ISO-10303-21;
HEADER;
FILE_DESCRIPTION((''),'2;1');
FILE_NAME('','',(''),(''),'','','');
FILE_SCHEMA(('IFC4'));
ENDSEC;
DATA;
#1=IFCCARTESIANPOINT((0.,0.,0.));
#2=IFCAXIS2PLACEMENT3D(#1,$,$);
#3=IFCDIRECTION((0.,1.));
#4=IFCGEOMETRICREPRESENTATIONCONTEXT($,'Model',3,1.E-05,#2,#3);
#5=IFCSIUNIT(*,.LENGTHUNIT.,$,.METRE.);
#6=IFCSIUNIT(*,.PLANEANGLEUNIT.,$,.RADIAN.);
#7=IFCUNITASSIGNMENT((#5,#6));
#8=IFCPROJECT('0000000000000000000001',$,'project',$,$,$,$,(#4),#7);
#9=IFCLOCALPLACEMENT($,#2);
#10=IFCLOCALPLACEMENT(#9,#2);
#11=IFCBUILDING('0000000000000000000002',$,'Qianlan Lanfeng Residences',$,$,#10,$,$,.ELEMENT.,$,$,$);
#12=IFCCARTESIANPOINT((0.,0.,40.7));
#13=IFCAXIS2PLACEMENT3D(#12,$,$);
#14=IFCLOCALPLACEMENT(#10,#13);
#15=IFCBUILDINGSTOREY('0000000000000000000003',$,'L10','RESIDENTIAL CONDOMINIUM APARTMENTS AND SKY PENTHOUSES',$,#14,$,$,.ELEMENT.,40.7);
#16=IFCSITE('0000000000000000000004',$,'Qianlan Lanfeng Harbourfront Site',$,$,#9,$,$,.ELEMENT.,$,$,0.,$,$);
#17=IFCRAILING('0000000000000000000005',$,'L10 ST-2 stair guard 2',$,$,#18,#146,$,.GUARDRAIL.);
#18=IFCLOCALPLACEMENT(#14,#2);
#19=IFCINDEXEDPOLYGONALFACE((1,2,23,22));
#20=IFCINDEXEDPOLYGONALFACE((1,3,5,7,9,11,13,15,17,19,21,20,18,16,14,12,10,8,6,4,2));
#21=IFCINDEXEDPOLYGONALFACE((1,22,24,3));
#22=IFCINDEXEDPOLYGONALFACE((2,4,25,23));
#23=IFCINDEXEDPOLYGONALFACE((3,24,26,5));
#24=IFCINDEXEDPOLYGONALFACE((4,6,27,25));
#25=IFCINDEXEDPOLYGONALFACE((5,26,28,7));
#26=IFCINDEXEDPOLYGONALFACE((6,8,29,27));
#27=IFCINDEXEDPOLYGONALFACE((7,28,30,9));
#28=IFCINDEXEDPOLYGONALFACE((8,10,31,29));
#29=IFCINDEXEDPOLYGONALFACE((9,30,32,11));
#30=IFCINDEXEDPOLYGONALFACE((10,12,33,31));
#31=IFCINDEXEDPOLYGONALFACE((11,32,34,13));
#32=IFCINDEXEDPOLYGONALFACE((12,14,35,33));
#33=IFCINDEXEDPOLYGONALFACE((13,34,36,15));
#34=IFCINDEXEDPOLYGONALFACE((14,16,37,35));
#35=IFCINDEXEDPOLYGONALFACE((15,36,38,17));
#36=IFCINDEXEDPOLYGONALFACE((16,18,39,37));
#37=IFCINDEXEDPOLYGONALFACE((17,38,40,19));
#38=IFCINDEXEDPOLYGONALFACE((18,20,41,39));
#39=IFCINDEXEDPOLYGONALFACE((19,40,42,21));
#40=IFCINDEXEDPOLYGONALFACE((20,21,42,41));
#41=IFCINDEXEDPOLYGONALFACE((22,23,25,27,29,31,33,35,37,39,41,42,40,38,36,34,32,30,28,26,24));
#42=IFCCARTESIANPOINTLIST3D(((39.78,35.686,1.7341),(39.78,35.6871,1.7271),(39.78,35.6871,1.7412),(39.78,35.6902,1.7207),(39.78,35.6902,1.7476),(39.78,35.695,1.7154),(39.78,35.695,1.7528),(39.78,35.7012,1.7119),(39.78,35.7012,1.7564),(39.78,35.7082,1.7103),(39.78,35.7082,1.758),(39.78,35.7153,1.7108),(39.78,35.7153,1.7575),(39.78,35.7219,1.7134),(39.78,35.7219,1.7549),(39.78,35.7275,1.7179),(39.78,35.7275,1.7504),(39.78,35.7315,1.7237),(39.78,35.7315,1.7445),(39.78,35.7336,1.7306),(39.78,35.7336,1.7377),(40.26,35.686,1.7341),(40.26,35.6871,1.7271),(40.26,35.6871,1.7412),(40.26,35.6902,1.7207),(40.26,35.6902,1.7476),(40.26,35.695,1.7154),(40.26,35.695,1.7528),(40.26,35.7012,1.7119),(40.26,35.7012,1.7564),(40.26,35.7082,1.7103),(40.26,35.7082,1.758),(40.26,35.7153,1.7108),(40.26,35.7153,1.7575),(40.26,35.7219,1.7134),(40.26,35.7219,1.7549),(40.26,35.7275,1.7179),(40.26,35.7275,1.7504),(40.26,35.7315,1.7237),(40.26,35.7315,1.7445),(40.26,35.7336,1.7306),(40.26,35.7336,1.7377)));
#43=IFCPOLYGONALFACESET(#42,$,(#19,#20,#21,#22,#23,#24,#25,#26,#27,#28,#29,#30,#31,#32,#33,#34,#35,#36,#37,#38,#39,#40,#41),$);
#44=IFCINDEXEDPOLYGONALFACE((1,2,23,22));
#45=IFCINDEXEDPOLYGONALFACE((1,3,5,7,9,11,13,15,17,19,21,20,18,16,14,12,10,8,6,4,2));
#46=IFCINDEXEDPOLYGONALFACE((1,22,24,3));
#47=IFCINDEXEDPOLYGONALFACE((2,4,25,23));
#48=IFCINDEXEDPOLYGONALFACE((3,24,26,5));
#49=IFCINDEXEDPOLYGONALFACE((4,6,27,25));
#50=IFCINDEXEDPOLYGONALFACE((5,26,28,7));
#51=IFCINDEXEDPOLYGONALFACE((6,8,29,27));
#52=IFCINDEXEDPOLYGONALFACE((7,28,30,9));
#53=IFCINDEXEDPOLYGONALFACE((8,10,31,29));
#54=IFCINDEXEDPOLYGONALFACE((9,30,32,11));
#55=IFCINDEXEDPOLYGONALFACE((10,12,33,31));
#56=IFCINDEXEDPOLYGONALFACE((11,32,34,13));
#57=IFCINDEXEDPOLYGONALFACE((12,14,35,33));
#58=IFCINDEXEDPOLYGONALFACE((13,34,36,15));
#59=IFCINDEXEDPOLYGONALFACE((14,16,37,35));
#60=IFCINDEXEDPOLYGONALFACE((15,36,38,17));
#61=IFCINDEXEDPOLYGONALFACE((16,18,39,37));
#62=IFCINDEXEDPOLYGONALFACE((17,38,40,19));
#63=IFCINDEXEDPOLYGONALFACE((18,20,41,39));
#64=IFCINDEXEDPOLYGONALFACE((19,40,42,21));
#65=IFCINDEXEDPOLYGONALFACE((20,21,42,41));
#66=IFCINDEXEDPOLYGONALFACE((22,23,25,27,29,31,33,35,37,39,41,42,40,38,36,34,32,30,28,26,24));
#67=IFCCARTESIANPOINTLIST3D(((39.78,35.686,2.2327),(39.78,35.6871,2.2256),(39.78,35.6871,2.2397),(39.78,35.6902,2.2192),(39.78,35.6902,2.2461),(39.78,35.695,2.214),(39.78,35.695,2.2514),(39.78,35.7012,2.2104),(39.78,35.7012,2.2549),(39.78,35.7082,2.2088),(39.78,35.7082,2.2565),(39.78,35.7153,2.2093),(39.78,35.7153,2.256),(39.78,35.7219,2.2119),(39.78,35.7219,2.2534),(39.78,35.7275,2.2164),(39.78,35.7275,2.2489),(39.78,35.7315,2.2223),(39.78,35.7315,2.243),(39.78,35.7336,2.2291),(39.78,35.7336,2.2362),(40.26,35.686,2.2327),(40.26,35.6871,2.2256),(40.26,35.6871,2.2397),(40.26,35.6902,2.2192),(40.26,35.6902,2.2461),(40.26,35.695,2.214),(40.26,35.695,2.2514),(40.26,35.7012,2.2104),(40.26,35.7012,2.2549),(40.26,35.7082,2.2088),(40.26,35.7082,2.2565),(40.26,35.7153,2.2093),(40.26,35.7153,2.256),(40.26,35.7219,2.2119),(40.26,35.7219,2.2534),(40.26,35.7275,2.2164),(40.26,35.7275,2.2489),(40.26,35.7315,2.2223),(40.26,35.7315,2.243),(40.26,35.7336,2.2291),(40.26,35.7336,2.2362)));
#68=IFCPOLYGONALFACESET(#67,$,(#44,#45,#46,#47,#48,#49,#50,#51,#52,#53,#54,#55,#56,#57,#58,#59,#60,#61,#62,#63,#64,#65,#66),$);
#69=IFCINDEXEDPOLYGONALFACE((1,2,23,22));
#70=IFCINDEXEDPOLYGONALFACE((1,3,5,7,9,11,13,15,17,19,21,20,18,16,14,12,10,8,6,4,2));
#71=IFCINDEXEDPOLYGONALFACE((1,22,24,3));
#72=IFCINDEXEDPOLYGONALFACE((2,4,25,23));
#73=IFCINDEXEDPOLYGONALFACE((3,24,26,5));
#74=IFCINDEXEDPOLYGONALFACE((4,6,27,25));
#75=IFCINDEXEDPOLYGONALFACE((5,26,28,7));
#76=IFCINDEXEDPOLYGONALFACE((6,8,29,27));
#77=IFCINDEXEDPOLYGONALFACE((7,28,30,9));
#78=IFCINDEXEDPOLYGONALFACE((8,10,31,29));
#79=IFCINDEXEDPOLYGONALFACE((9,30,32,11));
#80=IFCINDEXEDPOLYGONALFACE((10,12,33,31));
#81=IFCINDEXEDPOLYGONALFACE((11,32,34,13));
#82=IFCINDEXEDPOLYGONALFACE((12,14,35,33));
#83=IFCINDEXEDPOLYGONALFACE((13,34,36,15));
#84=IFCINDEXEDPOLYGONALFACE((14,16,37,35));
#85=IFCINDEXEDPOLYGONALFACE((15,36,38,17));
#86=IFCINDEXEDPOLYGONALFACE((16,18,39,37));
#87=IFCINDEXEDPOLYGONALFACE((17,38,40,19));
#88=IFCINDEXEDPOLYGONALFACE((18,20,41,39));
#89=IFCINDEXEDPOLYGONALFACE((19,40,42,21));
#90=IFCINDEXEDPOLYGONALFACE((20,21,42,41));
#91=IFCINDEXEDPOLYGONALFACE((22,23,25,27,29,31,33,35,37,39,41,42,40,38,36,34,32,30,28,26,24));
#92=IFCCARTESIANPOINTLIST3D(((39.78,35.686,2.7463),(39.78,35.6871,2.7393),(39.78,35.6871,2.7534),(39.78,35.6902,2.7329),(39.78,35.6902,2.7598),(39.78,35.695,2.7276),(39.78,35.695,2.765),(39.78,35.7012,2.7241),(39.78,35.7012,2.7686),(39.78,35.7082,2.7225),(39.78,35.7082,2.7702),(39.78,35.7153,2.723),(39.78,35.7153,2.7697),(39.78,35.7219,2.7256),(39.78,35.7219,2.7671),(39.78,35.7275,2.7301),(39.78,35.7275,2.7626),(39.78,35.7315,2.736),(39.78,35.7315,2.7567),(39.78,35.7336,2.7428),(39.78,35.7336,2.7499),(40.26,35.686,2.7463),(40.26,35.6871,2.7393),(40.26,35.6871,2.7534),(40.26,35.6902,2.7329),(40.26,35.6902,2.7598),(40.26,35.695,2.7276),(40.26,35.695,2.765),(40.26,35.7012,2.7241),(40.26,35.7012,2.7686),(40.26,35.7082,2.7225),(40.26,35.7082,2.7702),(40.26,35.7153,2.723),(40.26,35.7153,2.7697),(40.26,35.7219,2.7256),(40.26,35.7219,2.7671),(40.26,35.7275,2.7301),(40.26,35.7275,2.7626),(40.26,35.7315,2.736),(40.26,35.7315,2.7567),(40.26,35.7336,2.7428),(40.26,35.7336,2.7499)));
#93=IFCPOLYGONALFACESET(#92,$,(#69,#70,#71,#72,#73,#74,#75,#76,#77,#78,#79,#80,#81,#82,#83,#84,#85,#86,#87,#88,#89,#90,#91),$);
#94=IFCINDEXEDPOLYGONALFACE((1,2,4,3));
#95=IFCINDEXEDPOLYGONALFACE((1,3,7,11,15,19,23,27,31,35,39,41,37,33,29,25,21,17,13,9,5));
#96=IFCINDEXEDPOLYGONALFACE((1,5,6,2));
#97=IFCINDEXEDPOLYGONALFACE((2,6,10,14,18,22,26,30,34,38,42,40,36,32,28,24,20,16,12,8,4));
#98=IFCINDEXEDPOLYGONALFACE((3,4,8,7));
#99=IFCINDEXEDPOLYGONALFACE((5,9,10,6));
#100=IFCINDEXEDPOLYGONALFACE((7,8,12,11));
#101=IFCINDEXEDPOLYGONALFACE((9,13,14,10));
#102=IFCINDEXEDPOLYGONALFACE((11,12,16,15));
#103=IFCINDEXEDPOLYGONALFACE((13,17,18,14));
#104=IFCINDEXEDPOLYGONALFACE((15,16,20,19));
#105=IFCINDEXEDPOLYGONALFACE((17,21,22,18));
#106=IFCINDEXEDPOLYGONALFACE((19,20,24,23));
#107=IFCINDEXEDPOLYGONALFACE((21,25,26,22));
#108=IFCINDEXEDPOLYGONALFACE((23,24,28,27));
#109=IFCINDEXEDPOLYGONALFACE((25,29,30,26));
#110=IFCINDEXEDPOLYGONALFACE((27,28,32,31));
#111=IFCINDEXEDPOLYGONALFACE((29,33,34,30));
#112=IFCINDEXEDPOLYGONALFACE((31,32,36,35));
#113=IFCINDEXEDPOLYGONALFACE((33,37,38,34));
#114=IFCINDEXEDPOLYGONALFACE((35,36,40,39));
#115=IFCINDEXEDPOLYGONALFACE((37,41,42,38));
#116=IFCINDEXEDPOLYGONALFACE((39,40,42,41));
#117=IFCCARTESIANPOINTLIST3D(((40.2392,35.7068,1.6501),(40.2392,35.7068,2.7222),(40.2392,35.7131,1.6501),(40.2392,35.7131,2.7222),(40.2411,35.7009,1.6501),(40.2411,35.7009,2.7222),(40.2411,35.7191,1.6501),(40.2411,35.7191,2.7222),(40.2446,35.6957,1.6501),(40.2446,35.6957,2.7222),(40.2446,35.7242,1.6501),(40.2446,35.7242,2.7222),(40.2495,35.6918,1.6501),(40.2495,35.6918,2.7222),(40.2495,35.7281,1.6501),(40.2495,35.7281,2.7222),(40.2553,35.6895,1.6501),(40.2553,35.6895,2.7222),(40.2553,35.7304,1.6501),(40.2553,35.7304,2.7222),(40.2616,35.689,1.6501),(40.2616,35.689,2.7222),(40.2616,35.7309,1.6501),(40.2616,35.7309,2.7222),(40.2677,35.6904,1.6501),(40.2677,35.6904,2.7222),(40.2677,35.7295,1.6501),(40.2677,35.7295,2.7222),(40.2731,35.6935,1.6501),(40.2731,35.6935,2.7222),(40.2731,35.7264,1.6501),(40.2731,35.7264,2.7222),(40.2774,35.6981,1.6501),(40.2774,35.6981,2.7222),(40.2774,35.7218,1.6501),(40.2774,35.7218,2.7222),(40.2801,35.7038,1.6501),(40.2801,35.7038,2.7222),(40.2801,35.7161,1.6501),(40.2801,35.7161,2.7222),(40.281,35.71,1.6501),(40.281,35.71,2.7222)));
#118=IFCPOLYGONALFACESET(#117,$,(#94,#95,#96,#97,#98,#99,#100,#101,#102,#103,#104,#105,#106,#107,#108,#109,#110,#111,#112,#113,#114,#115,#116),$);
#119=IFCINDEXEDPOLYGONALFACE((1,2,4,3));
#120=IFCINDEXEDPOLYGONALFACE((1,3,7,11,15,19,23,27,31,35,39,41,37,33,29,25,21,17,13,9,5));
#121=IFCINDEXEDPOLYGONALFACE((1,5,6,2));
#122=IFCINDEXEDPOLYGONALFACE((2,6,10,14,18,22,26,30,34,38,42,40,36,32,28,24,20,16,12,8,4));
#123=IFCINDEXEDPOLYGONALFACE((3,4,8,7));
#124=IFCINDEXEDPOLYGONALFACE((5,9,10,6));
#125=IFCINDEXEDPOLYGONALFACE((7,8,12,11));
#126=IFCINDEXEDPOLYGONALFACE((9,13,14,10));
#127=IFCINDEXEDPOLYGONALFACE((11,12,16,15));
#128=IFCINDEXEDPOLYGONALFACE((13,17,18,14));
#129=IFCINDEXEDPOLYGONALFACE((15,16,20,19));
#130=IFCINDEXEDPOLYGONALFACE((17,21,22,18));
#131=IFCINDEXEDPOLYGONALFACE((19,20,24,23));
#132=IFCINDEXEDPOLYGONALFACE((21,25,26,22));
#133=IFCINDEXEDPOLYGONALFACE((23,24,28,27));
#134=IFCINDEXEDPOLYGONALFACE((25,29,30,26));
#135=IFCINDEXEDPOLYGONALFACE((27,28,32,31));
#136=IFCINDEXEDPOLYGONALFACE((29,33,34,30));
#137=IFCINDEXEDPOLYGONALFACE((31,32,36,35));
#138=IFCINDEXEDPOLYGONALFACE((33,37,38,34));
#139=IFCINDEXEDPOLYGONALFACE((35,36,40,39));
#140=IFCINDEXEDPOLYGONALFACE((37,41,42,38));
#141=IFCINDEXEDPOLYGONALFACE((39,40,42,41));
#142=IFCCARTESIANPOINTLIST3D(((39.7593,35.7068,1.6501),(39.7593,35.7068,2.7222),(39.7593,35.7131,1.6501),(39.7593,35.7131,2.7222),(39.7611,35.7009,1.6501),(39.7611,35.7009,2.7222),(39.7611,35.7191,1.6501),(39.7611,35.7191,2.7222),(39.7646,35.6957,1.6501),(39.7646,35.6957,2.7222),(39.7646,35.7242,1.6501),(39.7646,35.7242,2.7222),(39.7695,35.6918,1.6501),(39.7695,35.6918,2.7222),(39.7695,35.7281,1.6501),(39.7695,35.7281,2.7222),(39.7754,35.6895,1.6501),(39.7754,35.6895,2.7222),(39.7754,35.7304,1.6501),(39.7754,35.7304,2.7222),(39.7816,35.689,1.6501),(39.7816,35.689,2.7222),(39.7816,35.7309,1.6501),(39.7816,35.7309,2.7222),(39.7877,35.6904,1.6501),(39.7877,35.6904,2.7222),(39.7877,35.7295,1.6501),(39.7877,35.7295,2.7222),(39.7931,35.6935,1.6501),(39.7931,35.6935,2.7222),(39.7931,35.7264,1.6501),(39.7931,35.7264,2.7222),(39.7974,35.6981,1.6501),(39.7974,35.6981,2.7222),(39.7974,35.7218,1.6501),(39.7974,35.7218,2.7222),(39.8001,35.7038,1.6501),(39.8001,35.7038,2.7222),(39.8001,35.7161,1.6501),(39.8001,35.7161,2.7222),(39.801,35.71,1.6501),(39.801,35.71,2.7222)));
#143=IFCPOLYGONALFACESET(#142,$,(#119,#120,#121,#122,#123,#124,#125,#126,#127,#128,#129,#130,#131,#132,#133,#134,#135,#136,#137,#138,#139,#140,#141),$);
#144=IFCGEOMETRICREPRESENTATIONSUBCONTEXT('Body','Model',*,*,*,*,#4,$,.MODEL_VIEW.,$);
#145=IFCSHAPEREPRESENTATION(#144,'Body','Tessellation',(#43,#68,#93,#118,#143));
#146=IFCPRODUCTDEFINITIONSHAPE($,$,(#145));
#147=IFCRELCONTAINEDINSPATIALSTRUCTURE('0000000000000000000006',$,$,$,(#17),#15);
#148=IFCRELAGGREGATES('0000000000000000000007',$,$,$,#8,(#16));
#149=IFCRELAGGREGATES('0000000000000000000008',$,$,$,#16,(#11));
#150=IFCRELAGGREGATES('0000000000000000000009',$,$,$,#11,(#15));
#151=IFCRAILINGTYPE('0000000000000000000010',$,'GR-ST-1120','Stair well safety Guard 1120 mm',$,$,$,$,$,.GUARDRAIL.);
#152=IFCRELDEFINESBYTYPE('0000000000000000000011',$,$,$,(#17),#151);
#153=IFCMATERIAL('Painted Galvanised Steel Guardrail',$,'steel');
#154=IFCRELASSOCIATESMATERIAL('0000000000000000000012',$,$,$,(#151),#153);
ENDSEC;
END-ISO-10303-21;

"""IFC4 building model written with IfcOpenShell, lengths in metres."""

from ifc_helpers import new_model, si_unit, direction, frame, origin, origin_2d, place, context, subcontext, project, spatial, circle, extrude, material, type_object, element, save


model = new_model("IFC4")

# Units and contexts
model_context = context("Model", 3, precision=1e-05, world=origin(), true_north=direction((0.0, 1.0)))
body_context = subcontext(model_context, "Body", "Model", "MODEL_VIEW")
ifc_project = project(units=[si_unit("LENGTHUNIT", "METRE"), si_unit("PLANEANGLEUNIT", "RADIAN")], contexts=[model_context])

# Site, building, storey
site_placement = place(None, origin())
site = spatial("IfcSite", under=ifc_project, at=site_placement, Name="Qianlan Lanfeng Harbourfront Site", CompositionType="ELEMENT", RefElevation=0.0)
building_placement = place(site_placement, origin())
building = spatial("IfcBuilding", under=site, at=building_placement, Name="Qianlan Lanfeng Residences", CompositionType="ELEMENT")
storey_placement = place(building_placement, frame((0.0, 0.0, 40.7)))
storey = spatial("IfcBuildingStorey", under=building, at=storey_placement, Name="L10", Description="RESIDENTIAL CONDOMINIUM APARTMENTS AND SKY PENTHOUSES", CompositionType="ELEMENT", Elevation=40.7)

# Railing
ifc_material_1 = material(Name="Painted Galvanised Steel Guardrail", Category="steel")
railing_type_1 = type_object("IfcRailingType", Name="GR-ST-1120", Description="Stair well safety Guard 1120 mm", PredefinedType="GUARDRAIL", material=ifc_material_1)
railing_1_placement = place(storey_placement, frame((40.26, 35.71, 1.6501)))
element("IfcRailing", 1, at=railing_1_placement, inside=storey, type_object=railing_type_1, Name="L10 ST-2 stair guard 2", PredefinedType="GUARDRAIL", context=body_context, shape_type="SweptSolid", body=[
    extrude(circle(Radius=0.0239, at=origin_2d()), frame((0.0, 0.0, 0.084), z_axis=(-1.0, 0.0, 0.0), x_axis=(0.0, -1.0, 0.0)), (0.0, 0.0, 1.0), 0.48),
    extrude(circle(Radius=0.0239, at=origin_2d()), frame((0.0, 0.0, 0.5825), z_axis=(-1.0, 0.0, 0.0), x_axis=(0.0, -1.0, 0.0)), (0.0, 0.0, 1.0), 0.48),
    extrude(circle(Radius=0.0239, at=origin_2d()), frame((0.0, 0.0, 1.0962), z_axis=(-1.0, 0.0, 0.0), x_axis=(0.0, -1.0, 0.0)), (0.0, 0.0, 1.0), 0.48),
    extrude(circle(Radius=0.021, at=origin_2d()), origin(), (0.0, 0.0, 1.0), 1.072),
    extrude(circle(Radius=0.021, at=origin_2d()), frame((-0.48, 0.0, 0.0)), (0.0, 0.0, 1.0), 1.072),
])

save(model, "model.ifc")
